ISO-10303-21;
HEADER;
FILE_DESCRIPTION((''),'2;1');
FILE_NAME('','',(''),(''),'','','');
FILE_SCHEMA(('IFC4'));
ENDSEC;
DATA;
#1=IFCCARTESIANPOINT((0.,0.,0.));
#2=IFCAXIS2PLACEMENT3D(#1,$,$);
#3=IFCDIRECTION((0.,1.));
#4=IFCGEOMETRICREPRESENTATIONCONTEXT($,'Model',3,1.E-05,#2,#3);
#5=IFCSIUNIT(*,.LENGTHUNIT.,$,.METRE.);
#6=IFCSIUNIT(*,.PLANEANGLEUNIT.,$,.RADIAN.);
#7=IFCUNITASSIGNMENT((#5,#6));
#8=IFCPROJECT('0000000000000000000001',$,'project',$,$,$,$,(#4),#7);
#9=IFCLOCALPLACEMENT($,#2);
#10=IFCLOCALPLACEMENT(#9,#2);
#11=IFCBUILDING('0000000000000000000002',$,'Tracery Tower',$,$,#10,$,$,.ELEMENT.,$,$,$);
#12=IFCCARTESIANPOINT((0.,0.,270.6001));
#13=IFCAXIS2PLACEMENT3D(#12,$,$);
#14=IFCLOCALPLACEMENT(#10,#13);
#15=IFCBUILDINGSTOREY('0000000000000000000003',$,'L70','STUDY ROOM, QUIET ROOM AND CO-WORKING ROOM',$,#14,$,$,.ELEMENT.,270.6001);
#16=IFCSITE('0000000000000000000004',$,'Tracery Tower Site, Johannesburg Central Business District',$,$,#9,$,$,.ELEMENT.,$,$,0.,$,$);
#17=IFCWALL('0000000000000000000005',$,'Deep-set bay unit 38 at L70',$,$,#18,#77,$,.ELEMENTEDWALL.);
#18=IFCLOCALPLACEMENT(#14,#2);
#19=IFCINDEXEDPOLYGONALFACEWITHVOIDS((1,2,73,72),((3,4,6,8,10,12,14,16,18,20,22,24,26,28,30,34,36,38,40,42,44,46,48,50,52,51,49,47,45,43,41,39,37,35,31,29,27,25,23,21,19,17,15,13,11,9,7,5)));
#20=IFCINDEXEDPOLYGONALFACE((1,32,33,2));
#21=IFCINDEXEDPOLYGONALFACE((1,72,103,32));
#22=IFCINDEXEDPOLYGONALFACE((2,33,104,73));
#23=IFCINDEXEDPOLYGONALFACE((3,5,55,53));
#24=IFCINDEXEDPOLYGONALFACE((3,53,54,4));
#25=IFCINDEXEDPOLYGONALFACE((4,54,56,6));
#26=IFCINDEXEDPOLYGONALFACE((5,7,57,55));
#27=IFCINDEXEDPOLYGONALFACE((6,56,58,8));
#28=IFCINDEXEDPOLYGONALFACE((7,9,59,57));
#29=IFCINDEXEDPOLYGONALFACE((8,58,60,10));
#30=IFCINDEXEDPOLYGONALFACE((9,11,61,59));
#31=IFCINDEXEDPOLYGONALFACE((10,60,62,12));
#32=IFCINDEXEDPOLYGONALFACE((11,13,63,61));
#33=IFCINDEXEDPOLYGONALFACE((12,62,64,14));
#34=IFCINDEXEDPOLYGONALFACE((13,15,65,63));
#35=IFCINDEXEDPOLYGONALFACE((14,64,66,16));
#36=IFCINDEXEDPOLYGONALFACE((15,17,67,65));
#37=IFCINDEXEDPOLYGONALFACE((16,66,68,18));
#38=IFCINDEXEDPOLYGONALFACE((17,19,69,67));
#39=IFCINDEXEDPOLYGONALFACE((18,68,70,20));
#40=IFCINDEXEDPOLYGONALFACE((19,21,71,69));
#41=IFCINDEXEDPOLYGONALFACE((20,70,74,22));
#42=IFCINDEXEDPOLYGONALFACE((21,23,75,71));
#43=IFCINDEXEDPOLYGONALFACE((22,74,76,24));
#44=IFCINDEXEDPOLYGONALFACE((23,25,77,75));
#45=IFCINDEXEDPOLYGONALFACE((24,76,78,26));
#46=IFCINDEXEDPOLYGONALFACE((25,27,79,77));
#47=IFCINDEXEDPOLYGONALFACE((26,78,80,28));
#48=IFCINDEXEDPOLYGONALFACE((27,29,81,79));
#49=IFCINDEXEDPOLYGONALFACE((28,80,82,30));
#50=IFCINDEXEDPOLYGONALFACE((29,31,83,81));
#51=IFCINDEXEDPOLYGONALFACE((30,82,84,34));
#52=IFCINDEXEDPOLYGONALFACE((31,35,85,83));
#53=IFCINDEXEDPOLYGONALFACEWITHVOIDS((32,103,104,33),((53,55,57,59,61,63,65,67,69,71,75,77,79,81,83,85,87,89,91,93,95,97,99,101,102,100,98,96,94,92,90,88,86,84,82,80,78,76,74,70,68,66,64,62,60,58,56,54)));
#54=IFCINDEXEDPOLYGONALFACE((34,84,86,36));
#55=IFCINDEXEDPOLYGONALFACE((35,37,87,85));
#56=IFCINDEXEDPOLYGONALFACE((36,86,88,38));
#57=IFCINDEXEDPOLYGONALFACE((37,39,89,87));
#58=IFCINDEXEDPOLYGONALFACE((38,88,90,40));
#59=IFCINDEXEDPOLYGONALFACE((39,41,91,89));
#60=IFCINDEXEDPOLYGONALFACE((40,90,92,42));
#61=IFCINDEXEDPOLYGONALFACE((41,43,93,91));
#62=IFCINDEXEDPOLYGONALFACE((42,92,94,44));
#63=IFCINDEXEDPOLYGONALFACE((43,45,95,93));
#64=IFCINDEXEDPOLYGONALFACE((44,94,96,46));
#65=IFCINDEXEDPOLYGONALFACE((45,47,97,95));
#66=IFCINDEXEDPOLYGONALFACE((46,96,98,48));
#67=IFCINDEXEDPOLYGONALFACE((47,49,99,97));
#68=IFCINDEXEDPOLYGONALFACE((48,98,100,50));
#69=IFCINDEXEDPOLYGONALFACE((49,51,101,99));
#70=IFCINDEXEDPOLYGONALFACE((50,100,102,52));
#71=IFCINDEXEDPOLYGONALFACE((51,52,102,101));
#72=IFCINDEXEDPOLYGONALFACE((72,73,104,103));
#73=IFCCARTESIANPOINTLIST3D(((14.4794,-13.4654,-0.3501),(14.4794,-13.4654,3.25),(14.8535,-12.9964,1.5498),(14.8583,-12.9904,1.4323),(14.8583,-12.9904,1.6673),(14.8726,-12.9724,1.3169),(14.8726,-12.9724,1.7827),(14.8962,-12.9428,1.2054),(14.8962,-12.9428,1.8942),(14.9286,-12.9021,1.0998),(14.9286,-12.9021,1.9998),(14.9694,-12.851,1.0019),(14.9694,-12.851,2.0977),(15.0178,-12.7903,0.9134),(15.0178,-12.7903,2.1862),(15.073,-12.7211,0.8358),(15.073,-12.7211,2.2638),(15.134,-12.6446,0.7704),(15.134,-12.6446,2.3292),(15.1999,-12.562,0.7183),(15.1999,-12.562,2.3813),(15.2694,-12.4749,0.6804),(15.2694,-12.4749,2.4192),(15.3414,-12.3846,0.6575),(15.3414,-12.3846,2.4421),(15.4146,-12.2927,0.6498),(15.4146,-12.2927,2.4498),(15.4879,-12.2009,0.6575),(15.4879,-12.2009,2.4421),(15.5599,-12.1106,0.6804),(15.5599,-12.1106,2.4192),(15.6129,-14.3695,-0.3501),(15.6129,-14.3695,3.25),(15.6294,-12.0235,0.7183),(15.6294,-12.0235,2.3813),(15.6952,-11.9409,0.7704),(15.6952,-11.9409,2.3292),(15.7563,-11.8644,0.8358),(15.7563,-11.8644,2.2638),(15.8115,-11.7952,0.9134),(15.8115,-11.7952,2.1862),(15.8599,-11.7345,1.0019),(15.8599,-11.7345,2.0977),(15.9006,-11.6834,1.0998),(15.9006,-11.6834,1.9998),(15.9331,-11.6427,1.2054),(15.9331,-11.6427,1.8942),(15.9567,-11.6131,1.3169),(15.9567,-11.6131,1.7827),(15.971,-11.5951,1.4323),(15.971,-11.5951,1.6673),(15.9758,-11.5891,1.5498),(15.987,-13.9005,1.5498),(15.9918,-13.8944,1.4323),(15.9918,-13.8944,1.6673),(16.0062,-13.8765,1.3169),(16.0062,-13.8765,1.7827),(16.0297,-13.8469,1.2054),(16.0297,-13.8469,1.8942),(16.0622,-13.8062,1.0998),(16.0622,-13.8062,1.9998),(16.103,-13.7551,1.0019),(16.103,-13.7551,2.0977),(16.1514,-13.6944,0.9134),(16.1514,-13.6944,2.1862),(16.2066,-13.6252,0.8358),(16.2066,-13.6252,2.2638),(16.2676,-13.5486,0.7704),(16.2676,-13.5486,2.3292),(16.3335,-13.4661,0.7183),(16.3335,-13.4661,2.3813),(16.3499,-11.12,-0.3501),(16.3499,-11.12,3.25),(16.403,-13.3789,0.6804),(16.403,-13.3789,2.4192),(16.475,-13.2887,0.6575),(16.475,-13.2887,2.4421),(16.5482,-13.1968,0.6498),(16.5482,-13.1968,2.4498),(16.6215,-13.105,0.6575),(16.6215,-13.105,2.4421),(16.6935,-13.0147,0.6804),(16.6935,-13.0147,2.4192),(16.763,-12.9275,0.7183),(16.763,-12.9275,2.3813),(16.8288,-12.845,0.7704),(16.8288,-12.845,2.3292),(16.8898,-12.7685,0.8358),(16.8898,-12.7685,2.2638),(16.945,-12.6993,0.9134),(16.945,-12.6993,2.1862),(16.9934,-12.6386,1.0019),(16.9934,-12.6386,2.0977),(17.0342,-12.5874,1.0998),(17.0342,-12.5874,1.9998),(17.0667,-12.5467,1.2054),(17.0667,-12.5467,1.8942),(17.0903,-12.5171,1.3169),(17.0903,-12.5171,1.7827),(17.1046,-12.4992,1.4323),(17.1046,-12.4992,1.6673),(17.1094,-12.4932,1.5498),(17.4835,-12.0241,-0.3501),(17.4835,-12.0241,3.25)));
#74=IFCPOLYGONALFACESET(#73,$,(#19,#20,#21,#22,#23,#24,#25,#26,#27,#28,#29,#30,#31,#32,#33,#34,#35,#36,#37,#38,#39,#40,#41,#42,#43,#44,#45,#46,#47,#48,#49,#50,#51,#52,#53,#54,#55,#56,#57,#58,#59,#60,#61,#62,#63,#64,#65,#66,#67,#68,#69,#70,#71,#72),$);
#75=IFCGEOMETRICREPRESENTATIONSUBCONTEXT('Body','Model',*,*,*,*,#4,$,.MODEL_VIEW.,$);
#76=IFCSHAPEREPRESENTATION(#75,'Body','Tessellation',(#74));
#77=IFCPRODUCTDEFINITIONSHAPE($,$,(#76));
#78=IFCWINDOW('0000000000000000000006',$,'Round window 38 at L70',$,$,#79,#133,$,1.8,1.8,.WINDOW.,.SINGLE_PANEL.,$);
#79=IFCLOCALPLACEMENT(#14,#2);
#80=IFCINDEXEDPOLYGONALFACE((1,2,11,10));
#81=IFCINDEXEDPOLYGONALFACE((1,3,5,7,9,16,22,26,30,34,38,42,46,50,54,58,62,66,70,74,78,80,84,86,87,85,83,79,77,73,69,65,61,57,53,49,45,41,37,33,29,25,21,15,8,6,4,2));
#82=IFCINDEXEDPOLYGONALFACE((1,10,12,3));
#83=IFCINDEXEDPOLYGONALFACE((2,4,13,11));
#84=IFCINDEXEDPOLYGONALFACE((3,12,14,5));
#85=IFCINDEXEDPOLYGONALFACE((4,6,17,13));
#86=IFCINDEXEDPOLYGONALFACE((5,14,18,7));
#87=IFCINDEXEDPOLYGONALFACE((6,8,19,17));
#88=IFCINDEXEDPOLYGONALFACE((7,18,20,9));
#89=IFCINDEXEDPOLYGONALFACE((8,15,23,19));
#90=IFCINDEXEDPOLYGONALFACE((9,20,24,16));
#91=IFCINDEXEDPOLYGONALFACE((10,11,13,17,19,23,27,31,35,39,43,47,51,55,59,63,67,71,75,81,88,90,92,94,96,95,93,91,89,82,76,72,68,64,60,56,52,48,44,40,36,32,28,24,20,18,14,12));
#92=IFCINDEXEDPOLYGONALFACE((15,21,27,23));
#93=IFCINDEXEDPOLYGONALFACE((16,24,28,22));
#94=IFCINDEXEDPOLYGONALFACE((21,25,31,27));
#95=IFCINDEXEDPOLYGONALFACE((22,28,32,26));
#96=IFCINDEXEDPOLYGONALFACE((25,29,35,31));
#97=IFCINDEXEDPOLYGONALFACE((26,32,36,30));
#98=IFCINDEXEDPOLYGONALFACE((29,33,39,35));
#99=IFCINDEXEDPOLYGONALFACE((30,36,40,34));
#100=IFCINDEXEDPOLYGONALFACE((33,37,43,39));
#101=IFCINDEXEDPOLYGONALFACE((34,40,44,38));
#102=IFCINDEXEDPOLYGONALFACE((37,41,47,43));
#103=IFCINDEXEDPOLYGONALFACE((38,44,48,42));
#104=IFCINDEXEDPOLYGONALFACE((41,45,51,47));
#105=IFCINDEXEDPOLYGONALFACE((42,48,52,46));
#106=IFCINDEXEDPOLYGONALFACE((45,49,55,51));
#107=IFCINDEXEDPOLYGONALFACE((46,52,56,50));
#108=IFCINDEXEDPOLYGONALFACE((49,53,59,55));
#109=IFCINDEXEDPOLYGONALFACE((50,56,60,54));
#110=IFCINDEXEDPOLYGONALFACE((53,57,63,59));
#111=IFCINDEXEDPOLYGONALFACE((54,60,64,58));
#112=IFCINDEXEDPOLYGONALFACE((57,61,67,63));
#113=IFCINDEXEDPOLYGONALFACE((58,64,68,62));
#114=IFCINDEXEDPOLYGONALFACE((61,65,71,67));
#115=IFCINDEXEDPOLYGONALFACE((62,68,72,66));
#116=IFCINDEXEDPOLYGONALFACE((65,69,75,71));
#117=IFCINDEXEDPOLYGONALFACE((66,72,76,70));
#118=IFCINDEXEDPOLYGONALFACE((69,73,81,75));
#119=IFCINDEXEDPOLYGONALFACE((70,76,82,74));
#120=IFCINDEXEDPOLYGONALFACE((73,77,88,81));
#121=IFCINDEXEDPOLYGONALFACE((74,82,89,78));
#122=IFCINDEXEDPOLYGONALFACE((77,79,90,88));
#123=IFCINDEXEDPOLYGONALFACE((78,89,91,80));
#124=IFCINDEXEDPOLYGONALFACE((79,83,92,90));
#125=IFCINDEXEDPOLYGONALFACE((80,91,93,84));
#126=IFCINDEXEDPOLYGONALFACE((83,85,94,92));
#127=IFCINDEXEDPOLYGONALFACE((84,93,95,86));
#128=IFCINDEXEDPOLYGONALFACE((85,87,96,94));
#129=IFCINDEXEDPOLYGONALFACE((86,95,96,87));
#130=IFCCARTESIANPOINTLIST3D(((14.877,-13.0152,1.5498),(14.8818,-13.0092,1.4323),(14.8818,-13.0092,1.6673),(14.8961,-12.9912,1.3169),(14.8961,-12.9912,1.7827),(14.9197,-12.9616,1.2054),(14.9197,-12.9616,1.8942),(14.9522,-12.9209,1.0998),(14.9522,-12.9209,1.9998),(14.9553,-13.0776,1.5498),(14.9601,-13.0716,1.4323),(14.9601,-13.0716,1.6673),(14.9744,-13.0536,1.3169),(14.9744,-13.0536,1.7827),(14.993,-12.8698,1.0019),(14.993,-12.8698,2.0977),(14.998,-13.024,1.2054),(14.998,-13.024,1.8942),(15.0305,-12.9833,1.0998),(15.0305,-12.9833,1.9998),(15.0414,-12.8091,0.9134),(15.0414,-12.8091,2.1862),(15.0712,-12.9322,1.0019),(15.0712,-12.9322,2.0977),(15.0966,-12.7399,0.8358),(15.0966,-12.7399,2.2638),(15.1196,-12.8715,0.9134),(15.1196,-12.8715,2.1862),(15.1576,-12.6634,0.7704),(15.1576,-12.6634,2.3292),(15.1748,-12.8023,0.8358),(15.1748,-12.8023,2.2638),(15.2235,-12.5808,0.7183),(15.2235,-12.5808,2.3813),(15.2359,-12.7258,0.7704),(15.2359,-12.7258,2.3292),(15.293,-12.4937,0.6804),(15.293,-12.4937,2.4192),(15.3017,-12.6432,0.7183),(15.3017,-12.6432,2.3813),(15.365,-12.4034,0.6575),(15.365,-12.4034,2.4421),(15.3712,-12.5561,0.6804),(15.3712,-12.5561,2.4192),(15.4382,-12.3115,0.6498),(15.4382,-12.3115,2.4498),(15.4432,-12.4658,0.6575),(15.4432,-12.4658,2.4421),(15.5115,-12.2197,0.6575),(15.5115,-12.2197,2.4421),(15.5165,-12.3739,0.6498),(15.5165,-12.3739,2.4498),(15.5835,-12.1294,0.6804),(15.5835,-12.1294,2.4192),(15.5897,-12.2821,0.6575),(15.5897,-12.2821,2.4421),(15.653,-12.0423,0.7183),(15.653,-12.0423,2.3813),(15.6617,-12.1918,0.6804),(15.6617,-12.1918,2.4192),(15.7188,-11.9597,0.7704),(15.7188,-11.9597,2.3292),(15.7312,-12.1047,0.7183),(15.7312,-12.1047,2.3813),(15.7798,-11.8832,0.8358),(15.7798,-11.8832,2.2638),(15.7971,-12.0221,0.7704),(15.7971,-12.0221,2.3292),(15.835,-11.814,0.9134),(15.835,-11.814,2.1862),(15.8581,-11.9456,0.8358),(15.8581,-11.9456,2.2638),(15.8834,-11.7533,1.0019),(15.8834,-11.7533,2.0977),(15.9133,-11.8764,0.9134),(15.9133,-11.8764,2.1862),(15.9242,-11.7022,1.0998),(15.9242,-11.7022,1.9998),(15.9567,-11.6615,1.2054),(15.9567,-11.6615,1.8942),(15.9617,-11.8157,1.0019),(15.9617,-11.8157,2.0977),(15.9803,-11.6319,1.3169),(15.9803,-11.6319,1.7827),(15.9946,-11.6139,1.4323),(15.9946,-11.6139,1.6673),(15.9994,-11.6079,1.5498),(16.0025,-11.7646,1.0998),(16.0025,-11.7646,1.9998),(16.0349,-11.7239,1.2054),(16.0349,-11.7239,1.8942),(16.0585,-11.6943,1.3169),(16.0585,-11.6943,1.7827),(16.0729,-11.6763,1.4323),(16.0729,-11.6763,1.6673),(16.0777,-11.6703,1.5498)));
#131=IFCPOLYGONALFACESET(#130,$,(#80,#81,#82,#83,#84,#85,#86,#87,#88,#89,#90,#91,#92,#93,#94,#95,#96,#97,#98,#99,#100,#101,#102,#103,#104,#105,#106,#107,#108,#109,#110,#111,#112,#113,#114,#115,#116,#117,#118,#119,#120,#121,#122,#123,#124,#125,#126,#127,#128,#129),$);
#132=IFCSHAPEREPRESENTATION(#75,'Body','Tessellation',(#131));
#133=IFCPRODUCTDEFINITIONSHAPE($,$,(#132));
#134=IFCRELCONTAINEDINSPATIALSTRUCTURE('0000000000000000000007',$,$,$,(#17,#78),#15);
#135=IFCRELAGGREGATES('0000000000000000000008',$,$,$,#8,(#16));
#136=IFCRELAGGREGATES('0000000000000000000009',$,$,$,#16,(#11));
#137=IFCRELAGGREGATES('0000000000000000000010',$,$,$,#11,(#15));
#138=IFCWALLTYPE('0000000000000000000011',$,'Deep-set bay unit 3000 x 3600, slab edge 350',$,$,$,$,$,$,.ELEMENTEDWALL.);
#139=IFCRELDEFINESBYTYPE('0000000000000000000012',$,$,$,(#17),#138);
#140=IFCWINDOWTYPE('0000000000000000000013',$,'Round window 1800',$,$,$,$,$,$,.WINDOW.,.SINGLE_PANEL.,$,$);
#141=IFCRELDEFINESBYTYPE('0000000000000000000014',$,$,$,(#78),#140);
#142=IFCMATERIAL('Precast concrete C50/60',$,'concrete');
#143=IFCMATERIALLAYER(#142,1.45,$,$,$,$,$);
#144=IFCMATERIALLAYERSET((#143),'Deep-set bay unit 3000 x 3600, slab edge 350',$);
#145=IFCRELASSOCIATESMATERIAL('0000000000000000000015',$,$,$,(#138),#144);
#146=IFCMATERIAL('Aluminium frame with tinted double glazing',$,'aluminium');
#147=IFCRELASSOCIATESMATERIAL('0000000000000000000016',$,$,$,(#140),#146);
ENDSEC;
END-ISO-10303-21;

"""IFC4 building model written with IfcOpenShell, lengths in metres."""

from ifc_helpers import new_model, si_unit, direction, frame, frame_2d, origin, origin_2d, place, context, subcontext, project, spatial, rectangle, circle, extrude, material, layer, layer_set, type_object, element, fill, save


model = new_model("IFC4")

# Units and contexts
model_context = context("Model", 3, precision=1e-05, world=origin(), true_north=direction((0.0, 1.0)))
body_context = subcontext(model_context, "Body", "Model", "MODEL_VIEW")
ifc_project = project(units=[si_unit("LENGTHUNIT", "METRE"), si_unit("PLANEANGLEUNIT", "RADIAN")], contexts=[model_context])

# Site, building, storey
site_placement = place(None, origin())
site = spatial("IfcSite", under=ifc_project, at=site_placement, Name="Tracery Tower Site, Johannesburg Central Business District", CompositionType="ELEMENT", RefElevation=0.0)
building_placement = place(site_placement, origin())
building = spatial("IfcBuilding", under=site, at=building_placement, Name="Tracery Tower", CompositionType="ELEMENT")
storey_placement = place(building_placement, frame((0.0, 0.0, 270.6001)))
storey = spatial("IfcBuildingStorey", under=building, at=storey_placement, Name="L70", Description="STUDY ROOM, QUIET ROOM AND CO-WORKING ROOM", CompositionType="ELEMENT", Elevation=270.6001)

# Wall, opening, window
ifc_material_1 = material(Name="Precast concrete C50/60", Category="concrete")
ifc_layer_1 = layer(ifc_material_1, 1.45)
ifc_layer_set_1 = layer_set([ifc_layer_1], Name="Deep-set bay unit 3000 x 3600, slab edge 350")
wall_type_1 = type_object("IfcWallType", Name="Deep-set bay unit 3000 x 3600, slab edge 350", PredefinedType="ELEMENTEDWALL", material=ifc_layer_set_1)
ifc_material_2 = material(Name="Aluminium frame with tinted double glazing", Category="aluminium")
window_type = type_object("IfcWindowType", Name="Round window 1800", PartitioningType="SINGLE_PANEL", PredefinedType="WINDOW", material=ifc_material_2)
wall_1_placement = place(storey_placement, frame((15.0461, -13.9175, -0.3501), z_axis=(0.0, 0.0, 1.0), x_axis=(0.623523, 0.781805, 0.0)))
wall_1 = element("IfcWall", 1, at=wall_1_placement, inside=storey, type_object=wall_type_1, Name="Deep-set bay unit 38 at L70", PredefinedType="ELEMENTEDWALL", context=body_context, shape_type="SweptSolid", body=[
    extrude(rectangle(XDim=3.0, YDim=1.45, at=frame_2d((1.5, 0.0))), origin(), (0.0, 0.0, 1.0), 3.6001),
])
opening_1_placement = place(wall_1_placement, frame((1.5, 0.0, 1.8999)))
opening_1 = element("IfcOpeningElement", 2, at=opening_1_placement, cuts=wall_1, PredefinedType="OPENING", context=body_context, shape_type="SweptSolid", body=[
    extrude(circle(Radius=0.9, at=origin_2d()), frame((0.0, 0.7349, 0.0), z_axis=(0.0, -1.0, 0.0), x_axis=(1.0, 0.0, 0.0)), (0.0, 0.0, 1.0), 1.47),
])
window_1_placement = place(opening_1_placement, origin())
window_1 = element("IfcWindow", 3, at=window_1_placement, inside=storey, type_object=window_type, Name="Round window 38 at L70", OverallHeight=1.8, OverallWidth=1.8, PartitioningType="SINGLE_PANEL", PredefinedType="WINDOW", context=body_context, shape_type="SweptSolid", body=[
    extrude(circle(Radius=0.9, at=origin_2d()), frame((0.0, 0.6948, 0.0), z_axis=(0.0, -1.0, 0.0), x_axis=(1.0, 0.0, 0.0)), (0.0, 0.0, 1.0), 0.1001),
])
fill(opening_1, window_1)

save(model, "model.ifc")
